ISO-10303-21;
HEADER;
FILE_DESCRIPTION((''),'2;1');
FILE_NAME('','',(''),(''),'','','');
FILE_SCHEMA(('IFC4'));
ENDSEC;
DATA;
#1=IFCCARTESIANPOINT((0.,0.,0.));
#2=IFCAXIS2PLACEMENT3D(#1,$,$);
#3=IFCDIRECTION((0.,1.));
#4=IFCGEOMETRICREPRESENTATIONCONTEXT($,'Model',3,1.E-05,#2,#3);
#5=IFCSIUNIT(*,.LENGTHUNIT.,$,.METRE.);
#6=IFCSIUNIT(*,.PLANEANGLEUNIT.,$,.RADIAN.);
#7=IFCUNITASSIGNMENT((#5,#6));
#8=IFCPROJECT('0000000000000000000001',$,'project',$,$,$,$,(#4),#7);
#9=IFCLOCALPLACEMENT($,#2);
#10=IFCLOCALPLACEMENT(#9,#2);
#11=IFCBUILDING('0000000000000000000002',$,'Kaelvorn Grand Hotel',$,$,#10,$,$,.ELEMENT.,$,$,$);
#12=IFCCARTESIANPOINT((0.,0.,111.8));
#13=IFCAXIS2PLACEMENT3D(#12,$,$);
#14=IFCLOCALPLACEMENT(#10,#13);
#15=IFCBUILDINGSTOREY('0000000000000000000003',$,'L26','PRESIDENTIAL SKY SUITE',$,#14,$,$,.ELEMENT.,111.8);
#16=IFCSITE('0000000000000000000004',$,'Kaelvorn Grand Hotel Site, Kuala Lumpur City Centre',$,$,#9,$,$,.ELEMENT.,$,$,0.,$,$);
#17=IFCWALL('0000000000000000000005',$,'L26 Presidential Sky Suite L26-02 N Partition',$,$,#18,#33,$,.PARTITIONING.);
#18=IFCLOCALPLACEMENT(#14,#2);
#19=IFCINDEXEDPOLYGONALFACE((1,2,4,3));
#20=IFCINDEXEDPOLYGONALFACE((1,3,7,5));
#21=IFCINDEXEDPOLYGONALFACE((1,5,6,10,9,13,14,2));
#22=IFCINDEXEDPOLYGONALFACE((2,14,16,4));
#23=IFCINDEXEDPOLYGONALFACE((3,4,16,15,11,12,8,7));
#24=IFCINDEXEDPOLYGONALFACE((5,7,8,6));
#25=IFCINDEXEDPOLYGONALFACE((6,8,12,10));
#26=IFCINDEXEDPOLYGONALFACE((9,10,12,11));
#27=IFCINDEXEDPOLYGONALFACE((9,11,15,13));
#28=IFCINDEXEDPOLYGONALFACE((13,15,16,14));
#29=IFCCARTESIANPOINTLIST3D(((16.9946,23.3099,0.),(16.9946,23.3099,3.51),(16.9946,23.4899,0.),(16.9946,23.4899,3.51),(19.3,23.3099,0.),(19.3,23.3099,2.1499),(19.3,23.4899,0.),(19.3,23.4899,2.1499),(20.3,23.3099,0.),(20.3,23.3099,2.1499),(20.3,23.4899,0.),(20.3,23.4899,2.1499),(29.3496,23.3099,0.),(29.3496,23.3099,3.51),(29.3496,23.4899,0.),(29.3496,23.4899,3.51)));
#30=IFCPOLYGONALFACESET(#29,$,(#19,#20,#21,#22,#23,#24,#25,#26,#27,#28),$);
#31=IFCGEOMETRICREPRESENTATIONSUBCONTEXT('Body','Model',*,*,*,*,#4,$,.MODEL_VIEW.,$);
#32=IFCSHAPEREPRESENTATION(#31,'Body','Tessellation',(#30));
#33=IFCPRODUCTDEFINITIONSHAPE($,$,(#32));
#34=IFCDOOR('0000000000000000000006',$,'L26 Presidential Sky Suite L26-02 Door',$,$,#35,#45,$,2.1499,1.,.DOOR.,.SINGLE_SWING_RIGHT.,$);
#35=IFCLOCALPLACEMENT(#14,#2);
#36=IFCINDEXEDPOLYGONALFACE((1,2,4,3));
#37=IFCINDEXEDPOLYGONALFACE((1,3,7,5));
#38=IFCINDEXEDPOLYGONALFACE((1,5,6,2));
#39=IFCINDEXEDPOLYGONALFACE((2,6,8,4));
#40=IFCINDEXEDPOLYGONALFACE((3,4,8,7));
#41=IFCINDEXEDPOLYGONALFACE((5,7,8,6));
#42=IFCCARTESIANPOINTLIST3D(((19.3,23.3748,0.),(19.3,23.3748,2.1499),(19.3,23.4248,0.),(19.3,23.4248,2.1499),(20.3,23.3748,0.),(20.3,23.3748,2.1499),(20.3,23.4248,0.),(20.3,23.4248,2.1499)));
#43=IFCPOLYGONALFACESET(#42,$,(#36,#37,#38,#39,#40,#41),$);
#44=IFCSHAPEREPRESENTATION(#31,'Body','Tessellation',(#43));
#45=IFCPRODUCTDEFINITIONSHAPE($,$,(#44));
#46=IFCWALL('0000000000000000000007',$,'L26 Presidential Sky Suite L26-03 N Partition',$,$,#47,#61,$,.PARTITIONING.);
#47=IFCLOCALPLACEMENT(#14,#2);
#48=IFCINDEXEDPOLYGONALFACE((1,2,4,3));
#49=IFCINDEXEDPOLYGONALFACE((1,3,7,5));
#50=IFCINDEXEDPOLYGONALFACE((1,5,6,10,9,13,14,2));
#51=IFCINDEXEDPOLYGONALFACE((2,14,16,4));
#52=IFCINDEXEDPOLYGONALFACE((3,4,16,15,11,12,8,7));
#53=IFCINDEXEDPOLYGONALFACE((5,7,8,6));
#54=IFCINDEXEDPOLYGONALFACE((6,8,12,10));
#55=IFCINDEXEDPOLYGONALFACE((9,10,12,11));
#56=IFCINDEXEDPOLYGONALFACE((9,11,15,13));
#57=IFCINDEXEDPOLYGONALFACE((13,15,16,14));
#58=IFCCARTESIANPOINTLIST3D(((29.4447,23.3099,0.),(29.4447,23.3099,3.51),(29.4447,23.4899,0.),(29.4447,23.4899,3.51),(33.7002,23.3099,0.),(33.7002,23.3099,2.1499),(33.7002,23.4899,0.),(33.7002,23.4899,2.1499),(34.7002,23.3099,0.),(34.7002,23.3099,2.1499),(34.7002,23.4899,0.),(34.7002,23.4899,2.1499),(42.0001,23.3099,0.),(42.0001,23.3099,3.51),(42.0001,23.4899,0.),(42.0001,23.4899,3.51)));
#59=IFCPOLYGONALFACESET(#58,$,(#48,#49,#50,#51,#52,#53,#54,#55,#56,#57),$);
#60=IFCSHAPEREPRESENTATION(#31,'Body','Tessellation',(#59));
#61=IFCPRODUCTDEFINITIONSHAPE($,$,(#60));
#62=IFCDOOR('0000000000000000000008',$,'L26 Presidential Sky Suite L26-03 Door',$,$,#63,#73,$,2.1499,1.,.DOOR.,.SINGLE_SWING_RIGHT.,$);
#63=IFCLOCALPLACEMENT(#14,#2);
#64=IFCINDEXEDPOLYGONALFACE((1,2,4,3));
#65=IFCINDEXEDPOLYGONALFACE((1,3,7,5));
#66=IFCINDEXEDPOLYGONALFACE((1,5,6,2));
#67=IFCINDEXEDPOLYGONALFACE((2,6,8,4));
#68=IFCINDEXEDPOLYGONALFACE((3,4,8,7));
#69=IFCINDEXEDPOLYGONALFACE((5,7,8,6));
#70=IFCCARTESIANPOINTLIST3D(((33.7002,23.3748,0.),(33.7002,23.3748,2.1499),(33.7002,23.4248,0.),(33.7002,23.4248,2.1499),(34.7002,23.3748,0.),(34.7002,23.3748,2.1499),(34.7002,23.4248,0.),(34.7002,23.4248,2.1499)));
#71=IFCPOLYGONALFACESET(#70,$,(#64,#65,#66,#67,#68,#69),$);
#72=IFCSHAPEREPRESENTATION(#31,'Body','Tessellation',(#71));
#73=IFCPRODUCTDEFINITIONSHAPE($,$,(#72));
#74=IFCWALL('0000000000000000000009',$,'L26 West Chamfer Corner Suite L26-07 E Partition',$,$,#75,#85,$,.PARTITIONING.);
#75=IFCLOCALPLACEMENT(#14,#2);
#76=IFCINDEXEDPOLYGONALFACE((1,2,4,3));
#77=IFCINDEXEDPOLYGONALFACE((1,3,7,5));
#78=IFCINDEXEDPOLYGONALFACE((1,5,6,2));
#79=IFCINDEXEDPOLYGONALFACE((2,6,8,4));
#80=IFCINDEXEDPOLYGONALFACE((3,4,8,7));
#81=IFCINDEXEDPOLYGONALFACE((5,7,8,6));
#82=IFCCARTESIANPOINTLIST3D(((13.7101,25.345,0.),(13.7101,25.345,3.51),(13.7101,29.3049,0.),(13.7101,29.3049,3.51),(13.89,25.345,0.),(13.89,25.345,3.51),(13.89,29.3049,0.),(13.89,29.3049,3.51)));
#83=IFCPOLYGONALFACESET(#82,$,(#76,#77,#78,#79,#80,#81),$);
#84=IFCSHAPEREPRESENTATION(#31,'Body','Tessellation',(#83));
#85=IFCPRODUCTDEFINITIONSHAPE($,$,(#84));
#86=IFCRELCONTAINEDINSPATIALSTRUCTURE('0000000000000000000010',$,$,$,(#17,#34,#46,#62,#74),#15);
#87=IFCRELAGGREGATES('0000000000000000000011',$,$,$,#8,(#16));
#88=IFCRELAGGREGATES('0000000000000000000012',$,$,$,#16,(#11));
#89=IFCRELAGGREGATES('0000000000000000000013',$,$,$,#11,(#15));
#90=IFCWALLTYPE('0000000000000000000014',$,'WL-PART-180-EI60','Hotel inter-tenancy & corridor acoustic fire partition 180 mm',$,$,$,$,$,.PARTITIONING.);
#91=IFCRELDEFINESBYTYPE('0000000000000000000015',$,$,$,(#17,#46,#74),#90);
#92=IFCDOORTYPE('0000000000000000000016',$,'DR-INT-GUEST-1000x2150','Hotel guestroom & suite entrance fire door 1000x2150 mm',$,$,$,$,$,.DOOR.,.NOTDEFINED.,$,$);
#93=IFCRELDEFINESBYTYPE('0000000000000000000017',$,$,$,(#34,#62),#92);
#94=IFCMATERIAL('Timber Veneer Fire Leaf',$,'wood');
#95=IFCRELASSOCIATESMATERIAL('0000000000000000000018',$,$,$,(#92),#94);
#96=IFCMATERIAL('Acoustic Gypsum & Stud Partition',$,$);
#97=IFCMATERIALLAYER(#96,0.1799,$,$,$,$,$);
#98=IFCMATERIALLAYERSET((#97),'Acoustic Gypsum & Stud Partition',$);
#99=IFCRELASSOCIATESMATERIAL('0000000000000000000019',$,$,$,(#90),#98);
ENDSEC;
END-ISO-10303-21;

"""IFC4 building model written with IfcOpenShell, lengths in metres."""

from ifc_helpers import new_model, si_unit, direction, frame, frame_2d, origin, place, context, subcontext, project, spatial, rectangle, extrude, material, layer, layer_set, type_object, element, fill, save


model = new_model("IFC4")

# Units and contexts
model_context = context("Model", 3, precision=1e-05, world=origin(), true_north=direction((0.0, 1.0)))
body_context = subcontext(model_context, "Body", "Model", "MODEL_VIEW")
ifc_project = project(units=[si_unit("LENGTHUNIT", "METRE"), si_unit("PLANEANGLEUNIT", "RADIAN")], contexts=[model_context])

# Site, building, storey
site_placement = place(None, origin())
site = spatial("IfcSite", under=ifc_project, at=site_placement, Name="Kaelvorn Grand Hotel Site, Kuala Lumpur City Centre", CompositionType="ELEMENT", RefElevation=0.0)
building_placement = place(site_placement, origin())
building = spatial("IfcBuilding", under=site, at=building_placement, Name="Kaelvorn Grand Hotel", CompositionType="ELEMENT")
storey_placement = place(building_placement, frame((0.0, 0.0, 111.8)))
storey = spatial("IfcBuildingStorey", under=building, at=storey_placement, Name="L26", Description="PRESIDENTIAL SKY SUITE", CompositionType="ELEMENT", Elevation=111.8)

# Shared definitions
ifc_material_1 = material(Name="Acoustic Gypsum & Stud Partition")
ifc_material_2 = material(Name="Timber Veneer Fire Leaf", Category="wood")
door_type_1 = type_object("IfcDoorType", Name="DR-INT-GUEST-1000x2150", Description="Hotel guestroom & suite entrance fire door 1000x2150 mm", OperationType="NOTDEFINED", PredefinedType="DOOR", material=ifc_material_2)

# Walls, openings, doors
ifc_layer_1 = layer(ifc_material_1, 0.1799)
ifc_layer_set_1 = layer_set([ifc_layer_1], Name="Acoustic Gypsum & Stud Partition")
wall_type_1 = type_object("IfcWallType", Name="WL-PART-180-EI60", Description="Hotel inter-tenancy & corridor acoustic fire partition 180 mm", PredefinedType="PARTITIONING", material=ifc_layer_set_1)
wall_1_placement = place(storey_placement, frame((16.9946, 23.3999, 0.0), z_axis=(0.0, 0.0, 1.0), x_axis=(1.0, 0.0, 0.0)))
wall_1 = element("IfcWall", 1, at=wall_1_placement, inside=storey, type_object=wall_type_1, Name="L26 Presidential Sky Suite L26-02 N Partition", PredefinedType="PARTITIONING", context=body_context, shape_type="SweptSolid", body=[
    extrude(rectangle(XDim=12.355, YDim=0.1799, at=frame_2d((6.1775, 0.0))), origin(), (0.0, 0.0, 1.0), 3.51),
])
opening_1_placement = place(wall_1_placement, frame((2.3054, 0.0, 0.0)))
opening_1 = element("IfcOpeningElement", 2, at=opening_1_placement, cuts=wall_1, PredefinedType="OPENING", context=body_context, shape_type="SweptSolid", body=[
    extrude(rectangle(XDim=1.0, YDim=2.1499, at=frame_2d((0.5, 1.075))), frame((0.0, 0.1001, 0.0), z_axis=(0.0, -1.0, 0.0), x_axis=(1.0, 0.0, 0.0)), (0.0, 0.0, 1.0), 0.2),
])
door_1_placement = place(opening_1_placement, origin())
door_1 = element("IfcDoor", 3, at=door_1_placement, inside=storey, type_object=door_type_1, Name="L26 Presidential Sky Suite L26-02 Door", OperationType="SINGLE_SWING_RIGHT", OverallHeight=2.1499, OverallWidth=1.0, PredefinedType="DOOR", context=body_context, shape_type="SweptSolid", body=[
    extrude(rectangle(XDim=1.0, YDim=2.1499, at=frame_2d((0.5, 1.075))), frame((0.0, 0.0249, 0.0), z_axis=(0.0, -1.0, 0.0), x_axis=(1.0, 0.0, 0.0)), (0.0, 0.0, 1.0), 0.05),
])
fill(opening_1, door_1)
wall_2_placement = place(storey_placement, frame((29.4446, 23.3999, 0.0), z_axis=(0.0, 0.0, 1.0), x_axis=(1.0, 0.0, 0.0)))
wall_2 = element("IfcWall", 4, at=wall_2_placement, inside=storey, type_object=wall_type_1, Name="L26 Presidential Sky Suite L26-03 N Partition", PredefinedType="PARTITIONING", context=body_context, shape_type="SweptSolid", body=[
    extrude(rectangle(XDim=12.5554, YDim=0.1799, at=frame_2d((6.2778, 0.0))), origin(), (0.0, 0.0, 1.0), 3.51),
])
opening_2_placement = place(wall_2_placement, frame((4.2556, 0.0, 0.0)))
opening_2 = element("IfcOpeningElement", 5, at=opening_2_placement, cuts=wall_2, PredefinedType="OPENING", context=body_context, shape_type="SweptSolid", body=[
    extrude(rectangle(XDim=1.0, YDim=2.1499, at=frame_2d((0.5, 1.075))), frame((0.0, 0.1001, 0.0), z_axis=(0.0, -1.0, 0.0), x_axis=(1.0, 0.0, 0.0)), (0.0, 0.0, 1.0), 0.2),
])
door_2_placement = place(opening_2_placement, origin())
door_2 = element("IfcDoor", 6, at=door_2_placement, inside=storey, type_object=door_type_1, Name="L26 Presidential Sky Suite L26-03 Door", OperationType="SINGLE_SWING_RIGHT", OverallHeight=2.1499, OverallWidth=1.0, PredefinedType="DOOR", context=body_context, shape_type="SweptSolid", body=[
    extrude(rectangle(XDim=1.0, YDim=2.1499, at=frame_2d((0.5, 1.075))), frame((0.0, 0.0249, 0.0), z_axis=(0.0, -1.0, 0.0), x_axis=(1.0, 0.0, 0.0)), (0.0, 0.0, 1.0), 0.05),
])
fill(opening_2, door_2)

# Wall
wall_3_placement = place(storey_placement, frame((13.8, 25.345, 0.0), z_axis=(0.0, 0.0, 1.0), x_axis=(0.0, 1.0, 0.0)))
element("IfcWall", 7, at=wall_3_placement, inside=storey, type_object=wall_type_1, Name="L26 West Chamfer Corner Suite L26-07 E Partition", PredefinedType="PARTITIONING", context=body_context, shape_type="SweptSolid", body=[
    extrude(rectangle(XDim=3.96, YDim=0.1799, at=frame_2d((1.98, 0.0))), origin(), (0.0, 0.0, 1.0), 3.51),
])

save(model, "model.ifc")
